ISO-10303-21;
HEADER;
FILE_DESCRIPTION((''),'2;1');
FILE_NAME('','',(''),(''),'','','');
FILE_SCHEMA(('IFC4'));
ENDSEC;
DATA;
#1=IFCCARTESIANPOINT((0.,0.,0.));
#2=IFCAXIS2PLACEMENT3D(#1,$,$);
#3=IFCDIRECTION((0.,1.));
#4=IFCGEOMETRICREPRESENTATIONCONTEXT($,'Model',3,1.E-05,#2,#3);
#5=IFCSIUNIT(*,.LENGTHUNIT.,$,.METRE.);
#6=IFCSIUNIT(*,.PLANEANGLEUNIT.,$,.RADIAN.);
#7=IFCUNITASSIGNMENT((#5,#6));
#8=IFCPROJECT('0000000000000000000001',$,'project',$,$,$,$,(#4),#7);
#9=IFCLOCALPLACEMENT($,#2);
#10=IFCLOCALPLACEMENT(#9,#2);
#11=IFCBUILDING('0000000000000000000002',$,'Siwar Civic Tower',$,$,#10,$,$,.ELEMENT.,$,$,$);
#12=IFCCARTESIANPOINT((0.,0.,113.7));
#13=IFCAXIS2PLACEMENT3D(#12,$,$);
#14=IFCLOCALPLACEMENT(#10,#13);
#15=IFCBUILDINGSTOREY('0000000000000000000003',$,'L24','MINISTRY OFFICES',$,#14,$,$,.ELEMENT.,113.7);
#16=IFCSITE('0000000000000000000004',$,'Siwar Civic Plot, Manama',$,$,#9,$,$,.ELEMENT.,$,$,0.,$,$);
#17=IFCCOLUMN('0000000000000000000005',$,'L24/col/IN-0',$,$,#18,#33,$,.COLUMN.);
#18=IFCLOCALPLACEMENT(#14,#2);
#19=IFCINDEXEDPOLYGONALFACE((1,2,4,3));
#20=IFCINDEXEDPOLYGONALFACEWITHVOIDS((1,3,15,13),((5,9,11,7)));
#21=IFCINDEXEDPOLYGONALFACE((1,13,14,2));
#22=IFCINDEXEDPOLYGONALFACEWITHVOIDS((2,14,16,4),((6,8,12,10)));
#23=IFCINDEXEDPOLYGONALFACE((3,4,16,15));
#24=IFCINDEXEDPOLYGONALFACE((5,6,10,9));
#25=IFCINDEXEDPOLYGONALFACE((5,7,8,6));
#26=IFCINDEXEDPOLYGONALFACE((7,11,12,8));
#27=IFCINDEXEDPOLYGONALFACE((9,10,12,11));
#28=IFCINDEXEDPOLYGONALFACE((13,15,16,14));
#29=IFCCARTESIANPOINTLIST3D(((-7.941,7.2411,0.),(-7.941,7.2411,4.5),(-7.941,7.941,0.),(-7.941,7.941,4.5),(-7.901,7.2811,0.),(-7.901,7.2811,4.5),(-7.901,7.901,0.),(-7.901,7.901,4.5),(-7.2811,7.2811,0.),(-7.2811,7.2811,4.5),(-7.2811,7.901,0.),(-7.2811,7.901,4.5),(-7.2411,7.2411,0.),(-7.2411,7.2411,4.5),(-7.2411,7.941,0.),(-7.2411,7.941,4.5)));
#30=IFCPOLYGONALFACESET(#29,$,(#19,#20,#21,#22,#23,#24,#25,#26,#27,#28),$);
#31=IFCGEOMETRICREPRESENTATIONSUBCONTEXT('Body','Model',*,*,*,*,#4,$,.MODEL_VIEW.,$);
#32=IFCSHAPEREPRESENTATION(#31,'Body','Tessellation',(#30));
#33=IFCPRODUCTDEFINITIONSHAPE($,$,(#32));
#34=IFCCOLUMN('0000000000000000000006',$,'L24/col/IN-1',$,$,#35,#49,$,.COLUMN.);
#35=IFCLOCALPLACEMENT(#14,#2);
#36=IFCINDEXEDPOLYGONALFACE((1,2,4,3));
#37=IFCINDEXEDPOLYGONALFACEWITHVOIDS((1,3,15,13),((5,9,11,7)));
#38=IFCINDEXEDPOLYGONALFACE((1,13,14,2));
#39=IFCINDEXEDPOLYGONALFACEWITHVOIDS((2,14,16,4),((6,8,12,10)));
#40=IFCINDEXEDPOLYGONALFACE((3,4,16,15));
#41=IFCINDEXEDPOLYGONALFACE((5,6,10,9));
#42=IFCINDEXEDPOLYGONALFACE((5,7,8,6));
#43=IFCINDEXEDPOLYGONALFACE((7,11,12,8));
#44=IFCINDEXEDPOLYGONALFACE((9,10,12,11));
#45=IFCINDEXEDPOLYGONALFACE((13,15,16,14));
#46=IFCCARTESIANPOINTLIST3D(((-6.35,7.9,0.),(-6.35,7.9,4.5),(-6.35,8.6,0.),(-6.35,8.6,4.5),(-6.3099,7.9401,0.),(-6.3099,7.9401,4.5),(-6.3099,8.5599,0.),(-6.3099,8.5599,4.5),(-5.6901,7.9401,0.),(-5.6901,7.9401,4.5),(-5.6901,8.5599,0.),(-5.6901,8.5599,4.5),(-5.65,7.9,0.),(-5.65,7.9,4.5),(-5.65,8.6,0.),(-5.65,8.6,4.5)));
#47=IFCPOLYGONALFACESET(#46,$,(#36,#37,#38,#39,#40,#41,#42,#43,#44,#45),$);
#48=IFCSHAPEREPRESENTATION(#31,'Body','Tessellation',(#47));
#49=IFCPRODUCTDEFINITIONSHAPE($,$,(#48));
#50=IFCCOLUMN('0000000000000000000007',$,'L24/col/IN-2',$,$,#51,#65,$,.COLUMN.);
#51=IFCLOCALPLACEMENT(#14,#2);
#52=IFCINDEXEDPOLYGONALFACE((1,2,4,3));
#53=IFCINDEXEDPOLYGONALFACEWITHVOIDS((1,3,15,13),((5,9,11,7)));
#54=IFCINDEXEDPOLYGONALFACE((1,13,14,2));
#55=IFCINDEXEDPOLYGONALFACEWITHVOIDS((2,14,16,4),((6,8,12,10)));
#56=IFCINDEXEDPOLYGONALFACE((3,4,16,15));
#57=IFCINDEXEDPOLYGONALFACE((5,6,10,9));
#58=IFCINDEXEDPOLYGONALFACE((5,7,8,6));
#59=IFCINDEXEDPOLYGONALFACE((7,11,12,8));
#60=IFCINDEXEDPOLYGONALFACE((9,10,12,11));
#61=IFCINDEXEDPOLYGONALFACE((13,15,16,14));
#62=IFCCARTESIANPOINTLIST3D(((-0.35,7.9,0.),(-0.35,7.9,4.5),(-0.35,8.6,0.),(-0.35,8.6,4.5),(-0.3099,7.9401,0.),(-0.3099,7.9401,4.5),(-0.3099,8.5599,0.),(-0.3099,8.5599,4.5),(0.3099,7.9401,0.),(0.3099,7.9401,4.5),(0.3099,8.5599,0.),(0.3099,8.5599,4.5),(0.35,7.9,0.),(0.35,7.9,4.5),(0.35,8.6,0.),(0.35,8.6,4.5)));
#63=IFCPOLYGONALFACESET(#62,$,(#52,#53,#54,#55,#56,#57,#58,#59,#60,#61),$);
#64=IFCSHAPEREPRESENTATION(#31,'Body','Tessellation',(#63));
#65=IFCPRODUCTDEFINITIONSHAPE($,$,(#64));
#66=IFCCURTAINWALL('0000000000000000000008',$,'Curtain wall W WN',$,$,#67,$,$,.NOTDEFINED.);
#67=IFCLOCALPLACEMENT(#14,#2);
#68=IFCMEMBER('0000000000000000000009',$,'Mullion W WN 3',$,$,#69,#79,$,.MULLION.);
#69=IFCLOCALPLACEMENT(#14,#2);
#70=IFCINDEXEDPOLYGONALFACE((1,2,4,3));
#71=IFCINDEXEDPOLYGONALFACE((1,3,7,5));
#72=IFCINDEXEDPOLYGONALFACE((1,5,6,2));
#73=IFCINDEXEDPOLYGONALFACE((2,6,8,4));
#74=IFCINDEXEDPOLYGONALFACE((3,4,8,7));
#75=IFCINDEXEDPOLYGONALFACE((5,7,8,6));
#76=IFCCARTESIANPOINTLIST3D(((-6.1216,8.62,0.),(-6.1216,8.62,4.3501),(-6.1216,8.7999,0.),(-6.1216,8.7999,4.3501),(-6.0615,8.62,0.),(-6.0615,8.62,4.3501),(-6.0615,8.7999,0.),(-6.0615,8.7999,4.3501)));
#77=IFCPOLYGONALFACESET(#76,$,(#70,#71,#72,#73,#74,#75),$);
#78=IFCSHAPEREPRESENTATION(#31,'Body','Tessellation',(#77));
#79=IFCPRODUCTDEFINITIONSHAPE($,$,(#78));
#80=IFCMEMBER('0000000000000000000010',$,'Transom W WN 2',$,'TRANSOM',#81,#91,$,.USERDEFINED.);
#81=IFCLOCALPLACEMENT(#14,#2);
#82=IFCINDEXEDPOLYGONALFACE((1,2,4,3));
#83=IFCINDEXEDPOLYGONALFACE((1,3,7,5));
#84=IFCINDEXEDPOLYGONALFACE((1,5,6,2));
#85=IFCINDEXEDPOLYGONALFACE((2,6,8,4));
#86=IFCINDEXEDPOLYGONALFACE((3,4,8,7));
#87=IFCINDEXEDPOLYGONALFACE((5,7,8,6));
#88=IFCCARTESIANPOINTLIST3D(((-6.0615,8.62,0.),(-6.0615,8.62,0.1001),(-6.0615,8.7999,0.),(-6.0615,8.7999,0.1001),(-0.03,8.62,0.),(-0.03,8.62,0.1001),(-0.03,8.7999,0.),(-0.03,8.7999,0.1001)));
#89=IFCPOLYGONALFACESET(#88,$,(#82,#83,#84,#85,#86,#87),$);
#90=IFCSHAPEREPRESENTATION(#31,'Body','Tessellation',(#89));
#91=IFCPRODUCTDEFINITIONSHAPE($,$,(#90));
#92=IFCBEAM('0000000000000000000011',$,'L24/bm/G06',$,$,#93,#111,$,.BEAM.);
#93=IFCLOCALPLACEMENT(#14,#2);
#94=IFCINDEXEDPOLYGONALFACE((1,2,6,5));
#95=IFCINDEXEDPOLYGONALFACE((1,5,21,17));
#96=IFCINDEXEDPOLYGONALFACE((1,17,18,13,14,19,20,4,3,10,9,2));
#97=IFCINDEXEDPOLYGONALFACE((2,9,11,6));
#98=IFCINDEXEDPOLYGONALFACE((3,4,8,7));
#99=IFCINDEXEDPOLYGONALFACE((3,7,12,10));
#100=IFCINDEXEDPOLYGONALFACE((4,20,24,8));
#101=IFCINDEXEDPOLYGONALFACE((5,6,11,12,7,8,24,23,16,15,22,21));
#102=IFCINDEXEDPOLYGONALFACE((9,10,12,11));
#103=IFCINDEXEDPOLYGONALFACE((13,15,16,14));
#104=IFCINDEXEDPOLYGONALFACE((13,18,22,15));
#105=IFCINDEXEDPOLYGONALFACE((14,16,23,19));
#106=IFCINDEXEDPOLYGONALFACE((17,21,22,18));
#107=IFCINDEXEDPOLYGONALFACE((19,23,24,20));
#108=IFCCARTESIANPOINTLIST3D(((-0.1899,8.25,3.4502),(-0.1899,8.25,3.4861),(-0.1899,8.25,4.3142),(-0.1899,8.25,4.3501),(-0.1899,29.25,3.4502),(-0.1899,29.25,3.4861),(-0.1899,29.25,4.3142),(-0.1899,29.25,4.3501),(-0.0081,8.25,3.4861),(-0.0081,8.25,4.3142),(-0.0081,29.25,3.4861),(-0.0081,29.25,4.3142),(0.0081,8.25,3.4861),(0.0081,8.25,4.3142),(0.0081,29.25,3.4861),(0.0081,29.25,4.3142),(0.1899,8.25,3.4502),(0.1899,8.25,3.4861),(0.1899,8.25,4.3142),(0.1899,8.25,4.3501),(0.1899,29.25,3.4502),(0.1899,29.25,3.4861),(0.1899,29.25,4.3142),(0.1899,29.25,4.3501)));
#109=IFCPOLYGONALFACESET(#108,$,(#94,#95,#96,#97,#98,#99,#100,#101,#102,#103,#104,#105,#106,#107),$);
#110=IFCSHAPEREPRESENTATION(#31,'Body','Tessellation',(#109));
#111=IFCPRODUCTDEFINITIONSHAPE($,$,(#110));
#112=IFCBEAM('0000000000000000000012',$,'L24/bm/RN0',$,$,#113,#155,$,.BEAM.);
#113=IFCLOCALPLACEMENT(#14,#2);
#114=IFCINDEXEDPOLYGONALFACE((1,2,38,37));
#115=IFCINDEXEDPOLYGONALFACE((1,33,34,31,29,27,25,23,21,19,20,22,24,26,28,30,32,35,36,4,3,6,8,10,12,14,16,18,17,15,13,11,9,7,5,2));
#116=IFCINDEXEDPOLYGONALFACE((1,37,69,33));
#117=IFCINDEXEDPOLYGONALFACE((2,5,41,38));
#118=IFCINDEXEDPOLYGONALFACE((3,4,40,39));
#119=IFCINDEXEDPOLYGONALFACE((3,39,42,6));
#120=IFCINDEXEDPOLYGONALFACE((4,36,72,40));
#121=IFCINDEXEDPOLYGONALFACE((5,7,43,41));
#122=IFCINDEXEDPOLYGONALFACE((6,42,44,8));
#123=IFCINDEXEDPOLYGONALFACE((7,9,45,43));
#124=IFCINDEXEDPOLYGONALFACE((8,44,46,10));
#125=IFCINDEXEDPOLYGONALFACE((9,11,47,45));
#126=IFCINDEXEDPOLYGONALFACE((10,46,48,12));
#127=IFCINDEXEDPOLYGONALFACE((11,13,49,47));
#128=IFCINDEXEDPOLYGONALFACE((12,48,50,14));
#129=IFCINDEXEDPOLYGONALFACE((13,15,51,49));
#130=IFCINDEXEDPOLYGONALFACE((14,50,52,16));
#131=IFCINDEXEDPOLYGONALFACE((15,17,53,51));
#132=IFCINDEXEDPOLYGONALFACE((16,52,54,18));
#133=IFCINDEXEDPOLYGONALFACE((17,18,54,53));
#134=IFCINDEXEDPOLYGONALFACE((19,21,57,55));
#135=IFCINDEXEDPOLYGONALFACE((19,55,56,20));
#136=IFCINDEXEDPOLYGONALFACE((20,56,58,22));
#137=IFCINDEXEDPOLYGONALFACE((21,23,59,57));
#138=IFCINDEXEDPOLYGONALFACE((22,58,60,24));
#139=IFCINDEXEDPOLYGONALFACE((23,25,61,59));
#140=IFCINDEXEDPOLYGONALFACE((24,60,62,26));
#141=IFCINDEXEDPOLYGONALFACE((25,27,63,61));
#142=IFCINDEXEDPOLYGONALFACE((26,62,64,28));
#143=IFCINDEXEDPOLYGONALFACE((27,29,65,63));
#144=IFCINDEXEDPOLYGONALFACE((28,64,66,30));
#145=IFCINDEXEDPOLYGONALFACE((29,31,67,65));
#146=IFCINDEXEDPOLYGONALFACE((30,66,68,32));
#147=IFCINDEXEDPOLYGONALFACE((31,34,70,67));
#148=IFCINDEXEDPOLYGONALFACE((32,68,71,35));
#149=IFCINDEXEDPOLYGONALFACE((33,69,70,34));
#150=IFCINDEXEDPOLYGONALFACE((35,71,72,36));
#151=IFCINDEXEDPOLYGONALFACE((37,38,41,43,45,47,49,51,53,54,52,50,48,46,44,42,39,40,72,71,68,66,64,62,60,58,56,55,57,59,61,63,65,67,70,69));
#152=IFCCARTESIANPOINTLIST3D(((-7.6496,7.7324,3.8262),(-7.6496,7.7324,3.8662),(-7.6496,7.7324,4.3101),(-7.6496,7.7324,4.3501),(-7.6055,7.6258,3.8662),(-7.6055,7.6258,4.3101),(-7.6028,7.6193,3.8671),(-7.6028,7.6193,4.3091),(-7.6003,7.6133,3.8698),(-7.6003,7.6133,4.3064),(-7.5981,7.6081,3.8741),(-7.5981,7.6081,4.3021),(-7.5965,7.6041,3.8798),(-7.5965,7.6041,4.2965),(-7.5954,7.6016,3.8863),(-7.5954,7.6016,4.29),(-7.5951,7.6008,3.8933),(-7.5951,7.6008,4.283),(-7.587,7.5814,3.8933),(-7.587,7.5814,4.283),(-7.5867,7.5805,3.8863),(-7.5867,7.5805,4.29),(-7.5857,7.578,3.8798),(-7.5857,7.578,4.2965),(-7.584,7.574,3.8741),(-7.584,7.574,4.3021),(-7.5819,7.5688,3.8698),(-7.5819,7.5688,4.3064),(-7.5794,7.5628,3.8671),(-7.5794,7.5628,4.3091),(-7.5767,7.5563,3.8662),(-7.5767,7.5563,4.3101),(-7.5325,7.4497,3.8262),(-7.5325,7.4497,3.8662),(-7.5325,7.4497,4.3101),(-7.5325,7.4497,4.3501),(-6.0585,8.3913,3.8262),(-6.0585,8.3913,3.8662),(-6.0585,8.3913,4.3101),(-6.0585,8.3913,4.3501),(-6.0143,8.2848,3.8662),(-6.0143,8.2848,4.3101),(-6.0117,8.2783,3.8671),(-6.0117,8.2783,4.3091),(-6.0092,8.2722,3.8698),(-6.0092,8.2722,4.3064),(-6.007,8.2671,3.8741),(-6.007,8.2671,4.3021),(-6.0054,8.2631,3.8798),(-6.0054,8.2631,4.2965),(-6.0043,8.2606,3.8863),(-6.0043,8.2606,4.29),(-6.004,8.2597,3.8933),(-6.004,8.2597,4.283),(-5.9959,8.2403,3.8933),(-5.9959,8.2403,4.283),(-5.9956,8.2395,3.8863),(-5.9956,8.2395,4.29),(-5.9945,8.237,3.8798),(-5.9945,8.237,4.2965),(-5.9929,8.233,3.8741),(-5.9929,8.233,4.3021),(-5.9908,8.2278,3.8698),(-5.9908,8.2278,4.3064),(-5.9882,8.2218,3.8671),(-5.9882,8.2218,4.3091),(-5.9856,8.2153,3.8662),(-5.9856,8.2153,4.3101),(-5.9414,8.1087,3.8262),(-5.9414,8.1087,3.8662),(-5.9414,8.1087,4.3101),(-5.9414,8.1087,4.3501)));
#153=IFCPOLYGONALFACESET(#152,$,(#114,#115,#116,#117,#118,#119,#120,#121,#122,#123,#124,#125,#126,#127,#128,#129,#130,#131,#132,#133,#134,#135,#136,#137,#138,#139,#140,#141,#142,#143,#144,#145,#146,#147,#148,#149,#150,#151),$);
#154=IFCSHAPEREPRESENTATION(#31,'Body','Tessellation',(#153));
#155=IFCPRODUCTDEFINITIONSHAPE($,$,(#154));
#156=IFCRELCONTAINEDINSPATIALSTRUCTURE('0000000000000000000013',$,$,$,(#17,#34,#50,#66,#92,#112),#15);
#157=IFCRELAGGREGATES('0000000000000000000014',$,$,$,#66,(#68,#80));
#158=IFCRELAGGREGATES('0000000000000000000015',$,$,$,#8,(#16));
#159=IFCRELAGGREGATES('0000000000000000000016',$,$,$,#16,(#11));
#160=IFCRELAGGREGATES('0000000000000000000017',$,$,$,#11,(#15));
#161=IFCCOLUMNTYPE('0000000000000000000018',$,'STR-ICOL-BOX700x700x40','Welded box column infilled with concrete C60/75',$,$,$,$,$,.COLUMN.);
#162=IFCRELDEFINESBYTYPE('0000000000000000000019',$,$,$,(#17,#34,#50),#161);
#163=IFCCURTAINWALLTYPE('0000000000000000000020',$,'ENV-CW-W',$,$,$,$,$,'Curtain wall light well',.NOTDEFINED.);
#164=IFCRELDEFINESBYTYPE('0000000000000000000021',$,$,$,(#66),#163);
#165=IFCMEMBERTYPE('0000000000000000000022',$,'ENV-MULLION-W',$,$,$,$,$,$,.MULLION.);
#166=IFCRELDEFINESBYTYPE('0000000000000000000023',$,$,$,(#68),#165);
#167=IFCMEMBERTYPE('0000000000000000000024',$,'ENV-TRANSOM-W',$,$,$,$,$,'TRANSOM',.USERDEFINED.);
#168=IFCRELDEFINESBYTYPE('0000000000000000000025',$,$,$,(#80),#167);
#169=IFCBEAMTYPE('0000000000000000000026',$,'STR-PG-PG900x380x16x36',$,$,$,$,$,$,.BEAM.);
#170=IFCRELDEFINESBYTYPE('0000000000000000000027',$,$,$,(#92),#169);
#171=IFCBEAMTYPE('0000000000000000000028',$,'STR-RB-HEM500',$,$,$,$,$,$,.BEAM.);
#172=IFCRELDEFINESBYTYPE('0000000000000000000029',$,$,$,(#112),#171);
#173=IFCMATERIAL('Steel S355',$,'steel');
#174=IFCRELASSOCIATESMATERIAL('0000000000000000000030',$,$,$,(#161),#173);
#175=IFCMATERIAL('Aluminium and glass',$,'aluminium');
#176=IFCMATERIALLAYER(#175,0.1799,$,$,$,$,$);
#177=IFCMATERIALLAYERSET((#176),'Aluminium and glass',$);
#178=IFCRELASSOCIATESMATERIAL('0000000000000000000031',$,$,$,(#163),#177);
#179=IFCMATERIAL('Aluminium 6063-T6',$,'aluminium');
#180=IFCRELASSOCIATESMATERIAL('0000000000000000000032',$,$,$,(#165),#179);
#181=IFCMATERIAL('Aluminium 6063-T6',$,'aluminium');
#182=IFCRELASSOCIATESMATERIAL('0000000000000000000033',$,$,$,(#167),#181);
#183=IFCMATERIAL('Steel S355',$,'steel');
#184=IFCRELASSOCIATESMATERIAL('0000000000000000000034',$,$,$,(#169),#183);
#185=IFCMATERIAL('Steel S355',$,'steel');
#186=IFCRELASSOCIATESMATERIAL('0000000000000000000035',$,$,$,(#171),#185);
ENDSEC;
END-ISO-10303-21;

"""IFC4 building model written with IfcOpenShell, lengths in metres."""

from ifc_helpers import new_model, si_unit, direction, frame, origin, origin_2d, place, context, subcontext, project, spatial, rectangle, hollow_rectangle, i_section, extrude, material, layer, layer_set, material_profile, profile_set, type_object, element, aggregate, save


model = new_model("IFC4")

# Units and contexts
model_context = context("Model", 3, precision=1e-05, world=origin(), true_north=direction((0.0, 1.0)))
body_context = subcontext(model_context, "Body", "Model", "MODEL_VIEW")
ifc_project = project(units=[si_unit("LENGTHUNIT", "METRE"), si_unit("PLANEANGLEUNIT", "RADIAN")], contexts=[model_context])

# Site, building, storey
site_placement = place(None, origin())
site = spatial("IfcSite", under=ifc_project, at=site_placement, Name="Siwar Civic Plot, Manama", CompositionType="ELEMENT", RefElevation=0.0)
building_placement = place(site_placement, origin())
building = spatial("IfcBuilding", under=site, at=building_placement, Name="Siwar Civic Tower", CompositionType="ELEMENT")
storey_placement = place(building_placement, frame((0.0, 0.0, 113.7)))
storey = spatial("IfcBuildingStorey", under=building, at=storey_placement, Name="L24", Description="MINISTRY OFFICES", CompositionType="ELEMENT", Elevation=113.7)

# Columns
ifc_material_1 = material(Name="Steel S355", Category="steel")
ifc_material_profile_1 = material_profile(ifc_material_1, hollow_rectangle(XDim=0.7, YDim=0.7, WallThickness=0.04, at=origin_2d()), Name="BOX700x700x40")
ifc_profile_set_1 = profile_set([ifc_material_profile_1], Name="Steel S355")
column_type = type_object("IfcColumnType", Name="STR-ICOL-BOX700x700x40", Description="Welded box column infilled with concrete C60/75", PredefinedType="COLUMN", material=ifc_profile_set_1)
for number, where, z_axis, x_axis, name in (
    (1, (-7.5911, 7.5911, 0.0), (0.0, 0.0, 1.0), (1.0, 0.0, 0.0), "L24/col/IN-0"),
    (2, (-6.0, 8.25, 0.0), (0.0, 0.0, 1.0), (1.0, 0.0, 0.0), "L24/col/IN-1"),
    (3, (0.0, 8.25, 0.0), (0.0, 0.0, 1.0), (1.0, 0.0, 0.0), "L24/col/IN-2"),
):
    element("IfcColumn", number, at=place(storey_placement, frame(where, z_axis=z_axis, x_axis=x_axis)), inside=storey, type_object=column_type, Name=name, PredefinedType="COLUMN", context=body_context, shape_type="SweptSolid", body=[
        extrude(hollow_rectangle(XDim=0.7, YDim=0.7, WallThickness=0.04, at=origin_2d()), origin(), (0.0, 0.0, 1.0), 4.5),
    ])

# Curtain wall, members
ifc_material_2 = material(Name="Aluminium and glass", Category="aluminium")
ifc_layer_1 = layer(ifc_material_2, 0.1799)
ifc_layer_set_1 = layer_set([ifc_layer_1], Name="Aluminium and glass")
curtain_wall_type = type_object("IfcCurtainWallType", Name="ENV-CW-W", ElementType="Curtain wall light well", PredefinedType="NOTDEFINED", material=ifc_layer_set_1)
curtain_wall_placement = place(storey_placement, origin())
curtain_wall = element("IfcCurtainWall", 4, at=curtain_wall_placement, inside=storey, type_object=curtain_wall_type, Name="Curtain wall W WN", PredefinedType="NOTDEFINED")
ifc_material_3 = material(Name="Aluminium 6063-T6", Category="aluminium")
ifc_material_profile_2 = material_profile(ifc_material_3, rectangle(XDim=0.1799, YDim=0.0601, at=origin_2d()), Name="AL 180x60")
ifc_profile_set_2 = profile_set([ifc_material_profile_2], Name="Aluminium 6063-T6")
member_type_1 = type_object("IfcMemberType", Name="ENV-MULLION-W", PredefinedType="MULLION", material=ifc_profile_set_2)
member_1_placement = place(storey_placement, frame((-6.0916, 8.71, 0.0), z_axis=(0.0, 0.0, 1.0), x_axis=(0.0, -1.0, 0.0)))
member_1 = element("IfcMember", 5, at=member_1_placement, type_object=member_type_1, Name="Mullion W WN 3", PredefinedType="MULLION", context=body_context, shape_type="SweptSolid", body=[
    extrude(rectangle(XDim=0.1799, YDim=0.0601, at=origin_2d()), origin(), (0.0, 0.0, 1.0), 4.3501),
])
ifc_material_4 = material(Name="Aluminium 6063-T6", Category="aluminium")
ifc_material_profile_3 = material_profile(ifc_material_4, rectangle(XDim=0.1799, YDim=0.1001, at=origin_2d()), Name="AL 180x100")
ifc_profile_set_3 = profile_set([ifc_material_profile_3], Name="Aluminium 6063-T6")
member_type_2 = type_object("IfcMemberType", Name="ENV-TRANSOM-W", ElementType="TRANSOM", PredefinedType="USERDEFINED", material=ifc_profile_set_3)
member_2_placement = place(storey_placement, frame((-0.03, 8.71, 0.05), z_axis=(-1.0, 0.0, 0.0), x_axis=(0.0, -1.0, 0.0)))
member_2 = element("IfcMember", 6, at=member_2_placement, type_object=member_type_2, Name="Transom W WN 2", ObjectType="TRANSOM", PredefinedType="USERDEFINED", context=body_context, shape_type="SweptSolid", body=[
    extrude(rectangle(XDim=0.1799, YDim=0.1001, at=origin_2d()), origin(), (0.0, 0.0, 1.0), 6.0315),
])

# Beams
ifc_material_5 = material(Name="Steel S355", Category="steel")
ifc_material_profile_4 = material_profile(ifc_material_5, i_section(OverallWidth=0.3799, OverallDepth=0.8999, WebThickness=0.0161, FlangeThickness=0.0359, at=origin_2d()), Name="PG900x380x16x36")
ifc_profile_set_4 = profile_set([ifc_material_profile_4], Name="Steel S355")
beam_type_1 = type_object("IfcBeamType", Name="STR-PG-PG900x380x16x36", PredefinedType="BEAM", material=ifc_profile_set_4)
beam_1_placement = place(storey_placement, frame((0.0, 8.25, 3.9001), z_axis=(0.0, 1.0, 0.0), x_axis=(-1.0, 0.0, 0.0)))
element("IfcBeam", 7, at=beam_1_placement, inside=storey, type_object=beam_type_1, Name="L24/bm/G06", PredefinedType="BEAM", context=body_context, shape_type="SweptSolid", body=[
    extrude(i_section(OverallWidth=0.3799, OverallDepth=0.8999, WebThickness=0.0161, FlangeThickness=0.0359, at=origin_2d()), origin(), (0.0, 0.0, 1.0), 21.0),
])
ifc_material_6 = material(Name="Steel S355", Category="steel")
ifc_material_profile_5 = material_profile(ifc_material_6, i_section(OverallWidth=0.3059, OverallDepth=0.5239, WebThickness=0.021, FlangeThickness=0.04, FilletRadius=0.0271, at=origin_2d()), Name="HEM500")
ifc_profile_set_5 = profile_set([ifc_material_profile_5], Name="Steel S355")
beam_type_2 = type_object("IfcBeamType", Name="STR-RB-HEM500", PredefinedType="BEAM", material=ifc_profile_set_5)
beam_2_placement = place(storey_placement, frame((-7.5911, 7.5911, 4.0881), z_axis=(0.923901, 0.382631, 0.0), x_axis=(-0.382631, 0.923901, 0.0)))
element("IfcBeam", 8, at=beam_2_placement, inside=storey, type_object=beam_type_2, Name="L24/bm/RN0", PredefinedType="BEAM", context=body_context, shape_type="SweptSolid", body=[
    extrude(i_section(OverallWidth=0.3059, OverallDepth=0.5239, WebThickness=0.021, FlangeThickness=0.04, FilletRadius=0.0271, at=origin_2d()), origin(), (0.0, 0.0, 1.0), 1.7222),
])

aggregate(curtain_wall, [member_1, member_2])

save(model, "model.ifc")
